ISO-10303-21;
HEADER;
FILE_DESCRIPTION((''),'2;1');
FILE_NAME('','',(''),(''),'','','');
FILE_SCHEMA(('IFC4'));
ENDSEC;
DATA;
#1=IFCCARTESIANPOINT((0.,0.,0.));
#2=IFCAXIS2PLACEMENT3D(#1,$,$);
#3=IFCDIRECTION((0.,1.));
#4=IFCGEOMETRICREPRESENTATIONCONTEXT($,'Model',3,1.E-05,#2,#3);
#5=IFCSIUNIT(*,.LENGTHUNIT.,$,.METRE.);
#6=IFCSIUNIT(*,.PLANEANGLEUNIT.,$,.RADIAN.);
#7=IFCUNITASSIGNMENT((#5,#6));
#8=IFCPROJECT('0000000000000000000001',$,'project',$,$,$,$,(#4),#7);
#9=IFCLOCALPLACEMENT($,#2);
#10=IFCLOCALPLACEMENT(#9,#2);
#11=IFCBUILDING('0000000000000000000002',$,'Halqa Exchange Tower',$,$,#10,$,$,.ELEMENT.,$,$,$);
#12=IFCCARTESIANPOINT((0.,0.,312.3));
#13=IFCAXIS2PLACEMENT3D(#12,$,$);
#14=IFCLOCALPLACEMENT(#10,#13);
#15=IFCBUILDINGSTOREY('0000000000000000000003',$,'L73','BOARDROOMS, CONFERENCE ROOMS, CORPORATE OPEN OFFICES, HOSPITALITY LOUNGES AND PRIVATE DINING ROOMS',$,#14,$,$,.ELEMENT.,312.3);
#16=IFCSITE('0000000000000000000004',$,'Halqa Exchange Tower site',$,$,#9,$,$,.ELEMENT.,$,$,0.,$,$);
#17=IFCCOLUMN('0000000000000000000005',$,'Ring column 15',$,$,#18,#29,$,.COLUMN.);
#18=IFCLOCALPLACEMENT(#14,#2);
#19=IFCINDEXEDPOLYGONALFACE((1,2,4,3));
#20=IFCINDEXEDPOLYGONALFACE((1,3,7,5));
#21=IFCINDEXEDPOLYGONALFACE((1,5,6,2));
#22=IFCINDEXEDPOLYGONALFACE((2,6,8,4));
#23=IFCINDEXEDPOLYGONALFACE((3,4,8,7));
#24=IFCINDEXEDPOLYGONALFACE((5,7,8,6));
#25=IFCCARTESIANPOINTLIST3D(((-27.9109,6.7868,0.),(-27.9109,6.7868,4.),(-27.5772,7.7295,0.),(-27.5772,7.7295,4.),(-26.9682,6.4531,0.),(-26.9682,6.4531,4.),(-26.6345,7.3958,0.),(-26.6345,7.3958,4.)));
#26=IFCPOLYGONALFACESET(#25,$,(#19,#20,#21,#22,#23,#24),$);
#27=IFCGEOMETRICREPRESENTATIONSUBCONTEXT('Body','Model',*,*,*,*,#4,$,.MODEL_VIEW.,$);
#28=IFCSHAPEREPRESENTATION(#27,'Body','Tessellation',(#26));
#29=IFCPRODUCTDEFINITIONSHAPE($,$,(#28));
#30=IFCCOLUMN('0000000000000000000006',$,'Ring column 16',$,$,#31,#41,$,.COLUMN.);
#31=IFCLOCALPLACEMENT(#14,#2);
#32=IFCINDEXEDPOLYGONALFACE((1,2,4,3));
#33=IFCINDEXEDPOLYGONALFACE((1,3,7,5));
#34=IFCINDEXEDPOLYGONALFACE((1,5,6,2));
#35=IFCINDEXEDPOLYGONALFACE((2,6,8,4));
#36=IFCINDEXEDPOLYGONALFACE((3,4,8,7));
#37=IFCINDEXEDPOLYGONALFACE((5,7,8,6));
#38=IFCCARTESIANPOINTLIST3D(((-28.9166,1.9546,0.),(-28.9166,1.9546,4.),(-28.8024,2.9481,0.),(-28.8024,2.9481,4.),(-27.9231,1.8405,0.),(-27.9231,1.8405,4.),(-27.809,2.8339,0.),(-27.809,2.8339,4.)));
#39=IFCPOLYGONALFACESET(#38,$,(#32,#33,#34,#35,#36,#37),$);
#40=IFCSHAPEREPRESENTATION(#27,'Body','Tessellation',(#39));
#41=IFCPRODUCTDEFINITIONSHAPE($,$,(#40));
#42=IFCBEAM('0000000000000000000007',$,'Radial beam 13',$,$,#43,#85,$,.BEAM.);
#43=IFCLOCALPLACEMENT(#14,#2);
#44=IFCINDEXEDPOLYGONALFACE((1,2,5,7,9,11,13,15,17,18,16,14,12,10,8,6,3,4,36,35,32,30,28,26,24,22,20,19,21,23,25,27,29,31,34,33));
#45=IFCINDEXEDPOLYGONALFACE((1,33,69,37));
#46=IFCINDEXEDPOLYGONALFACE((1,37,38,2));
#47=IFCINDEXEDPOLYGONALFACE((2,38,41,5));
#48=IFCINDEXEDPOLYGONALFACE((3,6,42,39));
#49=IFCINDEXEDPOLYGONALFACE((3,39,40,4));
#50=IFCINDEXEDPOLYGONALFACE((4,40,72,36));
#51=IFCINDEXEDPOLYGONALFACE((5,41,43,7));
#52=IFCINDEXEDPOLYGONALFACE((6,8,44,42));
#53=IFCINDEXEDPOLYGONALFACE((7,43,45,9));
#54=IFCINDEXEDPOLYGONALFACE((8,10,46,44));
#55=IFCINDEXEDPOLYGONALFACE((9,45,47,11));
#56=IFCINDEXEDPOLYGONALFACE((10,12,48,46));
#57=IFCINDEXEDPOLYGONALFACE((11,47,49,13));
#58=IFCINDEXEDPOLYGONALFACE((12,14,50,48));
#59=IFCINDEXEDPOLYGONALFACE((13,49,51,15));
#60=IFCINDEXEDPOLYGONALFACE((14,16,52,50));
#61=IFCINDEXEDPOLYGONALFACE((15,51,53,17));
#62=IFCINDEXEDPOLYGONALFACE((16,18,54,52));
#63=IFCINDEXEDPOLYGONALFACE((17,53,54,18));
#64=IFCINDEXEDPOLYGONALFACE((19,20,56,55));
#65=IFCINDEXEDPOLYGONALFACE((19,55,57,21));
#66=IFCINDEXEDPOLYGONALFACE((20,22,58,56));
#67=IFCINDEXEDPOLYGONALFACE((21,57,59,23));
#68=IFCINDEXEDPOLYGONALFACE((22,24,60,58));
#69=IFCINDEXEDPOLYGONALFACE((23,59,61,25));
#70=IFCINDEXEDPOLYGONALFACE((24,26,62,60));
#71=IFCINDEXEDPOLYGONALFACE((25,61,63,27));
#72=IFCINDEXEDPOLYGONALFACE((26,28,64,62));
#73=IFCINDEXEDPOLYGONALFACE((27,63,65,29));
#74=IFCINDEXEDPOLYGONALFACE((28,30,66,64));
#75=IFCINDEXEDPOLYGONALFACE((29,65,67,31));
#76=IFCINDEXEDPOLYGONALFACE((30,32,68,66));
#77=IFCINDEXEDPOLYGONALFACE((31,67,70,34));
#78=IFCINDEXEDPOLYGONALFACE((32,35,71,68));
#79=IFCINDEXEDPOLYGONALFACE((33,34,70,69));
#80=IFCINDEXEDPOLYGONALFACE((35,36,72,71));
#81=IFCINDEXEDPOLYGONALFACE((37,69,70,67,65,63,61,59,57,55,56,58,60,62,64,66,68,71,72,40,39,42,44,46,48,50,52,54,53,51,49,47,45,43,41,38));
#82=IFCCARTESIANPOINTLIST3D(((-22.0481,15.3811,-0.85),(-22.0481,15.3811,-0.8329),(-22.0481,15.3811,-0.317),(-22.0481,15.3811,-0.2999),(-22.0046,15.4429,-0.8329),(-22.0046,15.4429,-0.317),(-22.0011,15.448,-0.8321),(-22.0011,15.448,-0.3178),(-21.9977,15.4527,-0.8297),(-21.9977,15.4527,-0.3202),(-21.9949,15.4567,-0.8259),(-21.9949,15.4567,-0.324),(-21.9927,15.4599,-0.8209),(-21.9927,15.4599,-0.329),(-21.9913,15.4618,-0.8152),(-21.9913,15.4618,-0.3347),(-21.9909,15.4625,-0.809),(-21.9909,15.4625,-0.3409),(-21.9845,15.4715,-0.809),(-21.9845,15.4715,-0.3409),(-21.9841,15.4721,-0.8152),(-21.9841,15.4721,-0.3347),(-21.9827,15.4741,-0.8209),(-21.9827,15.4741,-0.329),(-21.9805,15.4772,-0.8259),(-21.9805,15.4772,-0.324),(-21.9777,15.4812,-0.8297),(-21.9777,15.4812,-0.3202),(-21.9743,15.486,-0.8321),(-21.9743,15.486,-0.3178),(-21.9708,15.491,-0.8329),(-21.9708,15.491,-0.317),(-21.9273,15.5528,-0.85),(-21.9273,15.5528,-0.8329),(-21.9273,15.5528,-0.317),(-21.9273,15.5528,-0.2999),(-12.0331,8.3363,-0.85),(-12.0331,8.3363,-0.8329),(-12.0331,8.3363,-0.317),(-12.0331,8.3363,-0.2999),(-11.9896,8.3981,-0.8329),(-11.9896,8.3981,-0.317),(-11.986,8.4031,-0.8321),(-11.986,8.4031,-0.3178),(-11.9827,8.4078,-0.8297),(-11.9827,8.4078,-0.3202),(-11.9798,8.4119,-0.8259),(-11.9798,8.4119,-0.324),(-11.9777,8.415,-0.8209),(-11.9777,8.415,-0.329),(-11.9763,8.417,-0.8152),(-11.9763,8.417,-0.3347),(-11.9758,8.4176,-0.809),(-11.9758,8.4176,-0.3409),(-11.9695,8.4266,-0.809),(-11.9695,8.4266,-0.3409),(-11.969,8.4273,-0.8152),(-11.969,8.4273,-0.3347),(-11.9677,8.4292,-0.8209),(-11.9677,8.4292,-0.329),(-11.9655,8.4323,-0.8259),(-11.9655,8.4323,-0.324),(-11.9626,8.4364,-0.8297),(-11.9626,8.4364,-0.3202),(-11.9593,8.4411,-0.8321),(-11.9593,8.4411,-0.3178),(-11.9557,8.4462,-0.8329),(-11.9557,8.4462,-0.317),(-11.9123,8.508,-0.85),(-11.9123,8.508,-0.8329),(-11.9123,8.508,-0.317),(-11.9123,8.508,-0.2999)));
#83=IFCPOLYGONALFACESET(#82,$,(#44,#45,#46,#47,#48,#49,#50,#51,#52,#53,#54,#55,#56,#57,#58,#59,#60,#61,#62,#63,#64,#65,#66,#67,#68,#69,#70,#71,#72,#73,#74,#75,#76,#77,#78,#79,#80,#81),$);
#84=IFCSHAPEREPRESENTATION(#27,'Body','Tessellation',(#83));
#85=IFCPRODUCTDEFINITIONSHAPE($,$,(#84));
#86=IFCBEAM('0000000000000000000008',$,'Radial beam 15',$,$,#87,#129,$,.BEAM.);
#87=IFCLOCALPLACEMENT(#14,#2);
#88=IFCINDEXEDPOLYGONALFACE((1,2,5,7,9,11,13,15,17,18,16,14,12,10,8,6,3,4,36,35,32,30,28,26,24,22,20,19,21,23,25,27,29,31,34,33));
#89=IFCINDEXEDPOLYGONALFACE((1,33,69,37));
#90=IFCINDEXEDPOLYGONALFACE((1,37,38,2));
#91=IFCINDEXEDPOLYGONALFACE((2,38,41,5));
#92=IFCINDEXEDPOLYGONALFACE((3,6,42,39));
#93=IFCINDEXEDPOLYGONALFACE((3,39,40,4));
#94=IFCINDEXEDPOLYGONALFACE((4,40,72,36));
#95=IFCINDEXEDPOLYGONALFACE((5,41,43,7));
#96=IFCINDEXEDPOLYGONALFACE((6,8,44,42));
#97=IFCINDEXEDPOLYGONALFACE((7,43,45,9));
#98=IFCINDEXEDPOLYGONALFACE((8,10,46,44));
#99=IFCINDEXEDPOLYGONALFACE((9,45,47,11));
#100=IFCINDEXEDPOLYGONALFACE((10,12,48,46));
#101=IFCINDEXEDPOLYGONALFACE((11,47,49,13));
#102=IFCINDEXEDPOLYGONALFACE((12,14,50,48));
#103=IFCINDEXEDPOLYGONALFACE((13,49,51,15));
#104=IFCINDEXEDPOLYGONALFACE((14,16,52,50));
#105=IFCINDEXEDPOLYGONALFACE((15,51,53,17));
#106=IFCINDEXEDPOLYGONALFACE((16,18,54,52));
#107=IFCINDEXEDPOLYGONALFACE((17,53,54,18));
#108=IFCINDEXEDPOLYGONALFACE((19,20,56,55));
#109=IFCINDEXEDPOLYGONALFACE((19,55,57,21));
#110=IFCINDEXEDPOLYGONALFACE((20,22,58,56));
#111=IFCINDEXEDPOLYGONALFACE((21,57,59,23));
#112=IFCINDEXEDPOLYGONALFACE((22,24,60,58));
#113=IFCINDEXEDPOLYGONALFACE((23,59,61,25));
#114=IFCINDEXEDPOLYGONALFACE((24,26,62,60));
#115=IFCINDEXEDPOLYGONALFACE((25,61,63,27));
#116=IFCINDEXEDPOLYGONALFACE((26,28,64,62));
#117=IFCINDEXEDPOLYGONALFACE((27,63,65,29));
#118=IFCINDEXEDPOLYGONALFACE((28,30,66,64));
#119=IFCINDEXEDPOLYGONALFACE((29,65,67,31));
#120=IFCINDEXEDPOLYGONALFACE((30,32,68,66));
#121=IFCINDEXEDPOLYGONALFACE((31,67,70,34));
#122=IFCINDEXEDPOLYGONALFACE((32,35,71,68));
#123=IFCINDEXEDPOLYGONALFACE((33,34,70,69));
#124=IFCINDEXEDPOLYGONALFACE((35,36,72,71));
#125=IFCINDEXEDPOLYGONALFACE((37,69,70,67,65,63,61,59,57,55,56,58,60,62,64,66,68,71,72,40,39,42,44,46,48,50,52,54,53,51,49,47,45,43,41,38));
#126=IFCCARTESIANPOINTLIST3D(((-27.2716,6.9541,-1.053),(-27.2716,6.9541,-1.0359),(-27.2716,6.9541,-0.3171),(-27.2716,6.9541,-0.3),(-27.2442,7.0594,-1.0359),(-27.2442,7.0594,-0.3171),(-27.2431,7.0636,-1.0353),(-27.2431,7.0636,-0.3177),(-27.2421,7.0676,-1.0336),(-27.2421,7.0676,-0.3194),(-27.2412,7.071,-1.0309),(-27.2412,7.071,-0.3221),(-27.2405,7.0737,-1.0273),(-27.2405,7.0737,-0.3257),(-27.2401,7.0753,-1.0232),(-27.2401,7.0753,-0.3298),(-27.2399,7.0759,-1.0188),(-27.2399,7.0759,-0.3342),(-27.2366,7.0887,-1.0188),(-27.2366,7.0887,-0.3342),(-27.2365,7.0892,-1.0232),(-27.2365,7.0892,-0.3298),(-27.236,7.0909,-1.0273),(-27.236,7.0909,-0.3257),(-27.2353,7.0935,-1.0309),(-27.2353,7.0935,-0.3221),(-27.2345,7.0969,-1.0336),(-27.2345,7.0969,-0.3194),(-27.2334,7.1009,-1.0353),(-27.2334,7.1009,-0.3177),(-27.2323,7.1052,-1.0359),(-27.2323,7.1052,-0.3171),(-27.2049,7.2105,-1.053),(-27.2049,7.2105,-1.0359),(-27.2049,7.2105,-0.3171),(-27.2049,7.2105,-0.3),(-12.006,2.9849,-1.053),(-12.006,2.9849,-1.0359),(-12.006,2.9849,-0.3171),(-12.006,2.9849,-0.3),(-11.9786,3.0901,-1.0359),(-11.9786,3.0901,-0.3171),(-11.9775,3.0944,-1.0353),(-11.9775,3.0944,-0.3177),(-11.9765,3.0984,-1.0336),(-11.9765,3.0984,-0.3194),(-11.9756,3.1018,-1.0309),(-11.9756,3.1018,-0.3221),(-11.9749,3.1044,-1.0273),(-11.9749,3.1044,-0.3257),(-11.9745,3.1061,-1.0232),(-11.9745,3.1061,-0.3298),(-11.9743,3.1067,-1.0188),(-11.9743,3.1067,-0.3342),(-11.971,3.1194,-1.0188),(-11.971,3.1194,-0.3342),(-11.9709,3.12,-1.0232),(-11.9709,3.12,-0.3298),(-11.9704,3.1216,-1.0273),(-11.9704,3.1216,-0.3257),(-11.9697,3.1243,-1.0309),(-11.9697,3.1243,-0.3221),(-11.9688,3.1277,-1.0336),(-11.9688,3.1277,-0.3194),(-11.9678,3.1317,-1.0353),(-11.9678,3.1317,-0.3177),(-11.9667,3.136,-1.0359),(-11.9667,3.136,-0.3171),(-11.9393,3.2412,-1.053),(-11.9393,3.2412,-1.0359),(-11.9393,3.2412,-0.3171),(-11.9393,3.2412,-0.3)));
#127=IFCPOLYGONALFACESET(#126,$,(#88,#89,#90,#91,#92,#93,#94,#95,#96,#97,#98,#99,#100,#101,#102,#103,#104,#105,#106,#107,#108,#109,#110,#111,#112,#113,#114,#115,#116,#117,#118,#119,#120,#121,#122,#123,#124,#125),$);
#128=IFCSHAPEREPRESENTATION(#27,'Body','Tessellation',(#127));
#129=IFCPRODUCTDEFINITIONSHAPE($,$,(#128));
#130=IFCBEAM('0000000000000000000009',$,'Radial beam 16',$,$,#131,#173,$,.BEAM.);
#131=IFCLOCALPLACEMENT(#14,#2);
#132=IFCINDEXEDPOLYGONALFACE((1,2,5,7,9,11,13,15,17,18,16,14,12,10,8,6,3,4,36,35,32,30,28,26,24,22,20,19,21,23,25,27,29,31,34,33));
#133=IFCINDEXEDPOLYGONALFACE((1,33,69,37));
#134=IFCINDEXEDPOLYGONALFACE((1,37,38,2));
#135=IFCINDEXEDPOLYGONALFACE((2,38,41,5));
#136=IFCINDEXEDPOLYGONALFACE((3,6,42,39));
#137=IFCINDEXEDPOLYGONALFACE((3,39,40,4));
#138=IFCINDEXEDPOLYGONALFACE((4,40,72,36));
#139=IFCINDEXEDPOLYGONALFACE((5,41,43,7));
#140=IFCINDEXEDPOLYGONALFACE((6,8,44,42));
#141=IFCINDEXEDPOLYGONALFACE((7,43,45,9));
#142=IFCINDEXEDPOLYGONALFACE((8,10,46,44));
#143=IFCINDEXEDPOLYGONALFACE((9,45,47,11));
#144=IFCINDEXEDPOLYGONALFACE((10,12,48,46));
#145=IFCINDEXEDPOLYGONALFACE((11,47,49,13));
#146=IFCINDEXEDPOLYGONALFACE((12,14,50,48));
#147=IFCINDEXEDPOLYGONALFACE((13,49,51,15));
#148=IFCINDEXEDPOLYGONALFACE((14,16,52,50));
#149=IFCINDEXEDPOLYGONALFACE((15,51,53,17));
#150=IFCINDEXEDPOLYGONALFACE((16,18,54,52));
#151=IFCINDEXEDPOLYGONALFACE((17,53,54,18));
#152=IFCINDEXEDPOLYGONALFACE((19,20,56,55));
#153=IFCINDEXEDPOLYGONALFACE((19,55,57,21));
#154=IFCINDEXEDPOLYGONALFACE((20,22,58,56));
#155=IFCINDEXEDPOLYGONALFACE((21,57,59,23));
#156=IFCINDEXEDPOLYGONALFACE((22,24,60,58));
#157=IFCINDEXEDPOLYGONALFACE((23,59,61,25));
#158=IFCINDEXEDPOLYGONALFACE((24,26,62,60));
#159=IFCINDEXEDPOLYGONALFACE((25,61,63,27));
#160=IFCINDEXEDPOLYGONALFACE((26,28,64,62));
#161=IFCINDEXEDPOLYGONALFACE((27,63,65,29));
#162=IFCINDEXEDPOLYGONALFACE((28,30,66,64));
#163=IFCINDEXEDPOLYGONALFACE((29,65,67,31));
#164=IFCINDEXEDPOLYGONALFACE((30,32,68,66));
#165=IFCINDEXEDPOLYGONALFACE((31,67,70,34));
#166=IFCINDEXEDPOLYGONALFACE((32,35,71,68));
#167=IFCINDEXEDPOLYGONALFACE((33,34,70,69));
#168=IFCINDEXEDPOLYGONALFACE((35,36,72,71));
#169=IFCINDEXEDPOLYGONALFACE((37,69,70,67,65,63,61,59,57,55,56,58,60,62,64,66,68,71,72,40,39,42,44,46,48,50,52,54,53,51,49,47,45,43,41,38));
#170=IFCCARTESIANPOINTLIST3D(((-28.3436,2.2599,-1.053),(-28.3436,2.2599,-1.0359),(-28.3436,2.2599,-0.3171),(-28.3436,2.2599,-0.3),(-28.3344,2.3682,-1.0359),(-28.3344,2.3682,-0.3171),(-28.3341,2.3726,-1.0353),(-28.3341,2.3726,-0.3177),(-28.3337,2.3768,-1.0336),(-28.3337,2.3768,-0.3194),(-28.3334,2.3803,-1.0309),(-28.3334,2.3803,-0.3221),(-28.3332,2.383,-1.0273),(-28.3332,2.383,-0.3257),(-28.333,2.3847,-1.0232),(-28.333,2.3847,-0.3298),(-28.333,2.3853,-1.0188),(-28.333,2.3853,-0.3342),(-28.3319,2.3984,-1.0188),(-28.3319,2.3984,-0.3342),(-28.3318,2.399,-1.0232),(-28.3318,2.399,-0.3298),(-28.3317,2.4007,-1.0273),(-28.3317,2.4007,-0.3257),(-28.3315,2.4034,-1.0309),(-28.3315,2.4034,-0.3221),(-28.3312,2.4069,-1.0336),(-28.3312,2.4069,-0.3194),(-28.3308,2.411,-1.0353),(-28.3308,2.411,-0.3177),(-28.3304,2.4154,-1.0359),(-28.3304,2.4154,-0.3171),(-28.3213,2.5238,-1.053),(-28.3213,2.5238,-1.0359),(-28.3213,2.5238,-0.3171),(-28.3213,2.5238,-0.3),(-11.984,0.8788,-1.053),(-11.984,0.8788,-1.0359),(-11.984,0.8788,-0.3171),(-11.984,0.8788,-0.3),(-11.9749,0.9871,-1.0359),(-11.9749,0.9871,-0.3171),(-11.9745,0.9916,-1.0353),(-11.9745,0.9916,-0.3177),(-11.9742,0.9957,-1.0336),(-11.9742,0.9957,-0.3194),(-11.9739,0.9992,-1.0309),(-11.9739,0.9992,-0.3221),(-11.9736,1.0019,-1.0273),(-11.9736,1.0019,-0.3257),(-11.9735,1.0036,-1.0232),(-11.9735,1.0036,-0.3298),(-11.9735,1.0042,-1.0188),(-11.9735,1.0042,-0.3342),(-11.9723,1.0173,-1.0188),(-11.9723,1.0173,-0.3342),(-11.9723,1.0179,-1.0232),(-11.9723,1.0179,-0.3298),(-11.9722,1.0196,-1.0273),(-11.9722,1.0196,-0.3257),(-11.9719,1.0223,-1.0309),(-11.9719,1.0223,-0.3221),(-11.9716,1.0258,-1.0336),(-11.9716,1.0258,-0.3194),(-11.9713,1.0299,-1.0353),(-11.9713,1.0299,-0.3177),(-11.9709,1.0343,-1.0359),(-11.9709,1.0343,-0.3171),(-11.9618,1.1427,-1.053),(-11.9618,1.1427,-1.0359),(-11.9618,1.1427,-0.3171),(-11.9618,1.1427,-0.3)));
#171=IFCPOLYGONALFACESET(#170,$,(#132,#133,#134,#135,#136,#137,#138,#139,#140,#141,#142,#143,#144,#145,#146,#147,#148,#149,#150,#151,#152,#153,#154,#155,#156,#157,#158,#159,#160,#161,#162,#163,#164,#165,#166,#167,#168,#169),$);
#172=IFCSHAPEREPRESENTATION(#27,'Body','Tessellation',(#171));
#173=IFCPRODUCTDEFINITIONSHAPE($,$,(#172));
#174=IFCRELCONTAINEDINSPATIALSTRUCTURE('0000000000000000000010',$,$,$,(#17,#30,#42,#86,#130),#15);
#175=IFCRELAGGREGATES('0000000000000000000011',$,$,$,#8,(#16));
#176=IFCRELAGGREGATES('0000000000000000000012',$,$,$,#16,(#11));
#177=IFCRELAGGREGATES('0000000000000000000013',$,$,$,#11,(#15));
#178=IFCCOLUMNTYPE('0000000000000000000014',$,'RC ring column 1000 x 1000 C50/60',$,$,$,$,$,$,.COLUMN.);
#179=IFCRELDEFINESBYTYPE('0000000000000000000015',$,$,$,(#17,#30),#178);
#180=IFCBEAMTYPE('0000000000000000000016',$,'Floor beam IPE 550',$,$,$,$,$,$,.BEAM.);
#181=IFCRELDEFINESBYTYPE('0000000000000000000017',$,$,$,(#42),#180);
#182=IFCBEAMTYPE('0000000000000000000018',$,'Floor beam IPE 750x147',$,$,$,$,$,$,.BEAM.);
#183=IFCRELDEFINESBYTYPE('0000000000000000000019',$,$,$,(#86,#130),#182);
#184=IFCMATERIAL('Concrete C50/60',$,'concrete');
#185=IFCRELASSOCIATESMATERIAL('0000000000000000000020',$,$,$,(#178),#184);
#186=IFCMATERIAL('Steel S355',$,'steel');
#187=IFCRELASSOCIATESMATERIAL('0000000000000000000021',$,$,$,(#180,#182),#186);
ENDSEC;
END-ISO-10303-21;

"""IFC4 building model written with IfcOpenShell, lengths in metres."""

from ifc_helpers import new_model, si_unit, direction, frame, origin, origin_2d, place, context, subcontext, project, spatial, rectangle, i_section, extrude, material, material_profile, profile_set, type_object, element, save


model = new_model("IFC4")

# Units and contexts
model_context = context("Model", 3, precision=1e-05, world=origin(), true_north=direction((0.0, 1.0)))
body_context = subcontext(model_context, "Body", "Model", "MODEL_VIEW")
ifc_project = project(units=[si_unit("LENGTHUNIT", "METRE"), si_unit("PLANEANGLEUNIT", "RADIAN")], contexts=[model_context])

# Site, building, storey
site_placement = place(None, origin())
site = spatial("IfcSite", under=ifc_project, at=site_placement, Name="Halqa Exchange Tower site", CompositionType="ELEMENT", RefElevation=0.0)
building_placement = place(site_placement, origin())
building = spatial("IfcBuilding", under=site, at=building_placement, Name="Halqa Exchange Tower", CompositionType="ELEMENT")
storey_placement = place(building_placement, frame((0.0, 0.0, 312.3)))
storey = spatial("IfcBuildingStorey", under=building, at=storey_placement, Name="L73", Description="BOARDROOMS, CONFERENCE ROOMS, CORPORATE OPEN OFFICES, HOSPITALITY LOUNGES AND PRIVATE DINING ROOMS", CompositionType="ELEMENT", Elevation=312.3)

# Columns
ifc_material_1 = material(Name="Concrete C50/60", Category="concrete")
ifc_material_profile_1 = material_profile(ifc_material_1, rectangle(XDim=1.0, YDim=1.0, at=origin_2d()), Name="1000 x 1000")
ifc_profile_set_1 = profile_set([ifc_material_profile_1], Name="Concrete C50/60")
column_type = type_object("IfcColumnType", Name="RC ring column 1000 x 1000 C50/60", PredefinedType="COLUMN", material=ifc_profile_set_1)
for number, where, z_axis, x_axis, name in (
    (1, (-27.2727, 7.0913, 0.0), (0.0, 0.0, 1.0), (-0.333624, -0.942706, 0.0), "Ring column 15"),
    (2, (-28.3628, 2.3943, 0.0), (0.0, 0.0, 1.0), (-0.11416, -0.993462, 0.0), "Ring column 16"),
):
    element("IfcColumn", number, at=place(storey_placement, frame(where, z_axis=z_axis, x_axis=x_axis)), inside=storey, type_object=column_type, Name=name, PredefinedType="COLUMN", context=body_context, shape_type="SweptSolid", body=[
        extrude(rectangle(XDim=1.0, YDim=1.0, at=origin_2d()), origin(), (0.0, 0.0, 1.0), 4.0),
    ])

# Beams
ifc_material_2 = material(Name="Steel S355", Category="steel")
ifc_material_profile_2 = material_profile(ifc_material_2, i_section(OverallWidth=0.21, OverallDepth=0.55, WebThickness=0.011, FlangeThickness=0.0171, FilletRadius=0.0239, at=origin_2d()), Name="IPE 550")
ifc_profile_set_2 = profile_set([ifc_material_profile_2], Name="Steel S355")
beam_type_1 = type_object("IfcBeamType", Name="Floor beam IPE 550", PredefinedType="BEAM", material=ifc_profile_set_2)
beam_1_placement = place(storey_placement, frame((-11.9727, 8.4221, -0.575), z_axis=(-0.817913, 0.575342, 0.0), x_axis=(-0.575342, -0.817913, 0.0)))
element("IfcBeam", 3, at=beam_1_placement, inside=storey, type_object=beam_type_1, Name="Radial beam 13", PredefinedType="BEAM", context=body_context, shape_type="SweptSolid", body=[
    extrude(i_section(OverallWidth=0.21, OverallDepth=0.55, WebThickness=0.011, FlangeThickness=0.0171, FilletRadius=0.0239, at=origin_2d()), origin(), (0.0, 0.0, 1.0), 12.2446),
])
ifc_material_profile_3 = material_profile(ifc_material_2, i_section(OverallWidth=0.2649, OverallDepth=0.7529, WebThickness=0.0132, FlangeThickness=0.0171, FilletRadius=0.0171, at=origin_2d()), Name="IPE 750x147")
ifc_profile_set_3 = profile_set([ifc_material_profile_3], Name="Steel S355")
beam_type_2 = type_object("IfcBeamType", Name="Floor beam IPE 750x147", PredefinedType="BEAM", material=ifc_profile_set_3)
beam_2_placement = place(storey_placement, frame((-11.9727, 3.113, -0.6765), z_axis=(-0.96782, 0.251644, 0.0), x_axis=(-0.251644, -0.96782, 0.0)))
element("IfcBeam", 4, at=beam_2_placement, inside=storey, type_object=beam_type_2, Name="Radial beam 15", PredefinedType="BEAM", context=body_context, shape_type="SweptSolid", body=[
    extrude(i_section(OverallWidth=0.2649, OverallDepth=0.7529, WebThickness=0.0132, FlangeThickness=0.0171, FilletRadius=0.0171, at=origin_2d()), origin(), (0.0, 0.0, 1.0), 15.7732),
])
for number, where, z_axis, x_axis, name in (
    (5, (-11.9729, 1.0107, -0.6765), (-0.996455, 0.084122, 0.0), (-0.084122, -0.996455, 0.0), "Radial beam 16"),
):
    element("IfcBeam", number, at=place(storey_placement, frame(where, z_axis=z_axis, x_axis=x_axis)), inside=storey, type_object=beam_type_2, Name=name, PredefinedType="BEAM", context=body_context, shape_type="SweptSolid", body=[
        extrude(i_section(OverallWidth=0.2649, OverallDepth=0.7529, WebThickness=0.0132, FlangeThickness=0.0171, FilletRadius=0.0171, at=origin_2d()), origin(), (0.0, 0.0, 1.0), 16.4177),
    ])

save(model, "model.ifc")
